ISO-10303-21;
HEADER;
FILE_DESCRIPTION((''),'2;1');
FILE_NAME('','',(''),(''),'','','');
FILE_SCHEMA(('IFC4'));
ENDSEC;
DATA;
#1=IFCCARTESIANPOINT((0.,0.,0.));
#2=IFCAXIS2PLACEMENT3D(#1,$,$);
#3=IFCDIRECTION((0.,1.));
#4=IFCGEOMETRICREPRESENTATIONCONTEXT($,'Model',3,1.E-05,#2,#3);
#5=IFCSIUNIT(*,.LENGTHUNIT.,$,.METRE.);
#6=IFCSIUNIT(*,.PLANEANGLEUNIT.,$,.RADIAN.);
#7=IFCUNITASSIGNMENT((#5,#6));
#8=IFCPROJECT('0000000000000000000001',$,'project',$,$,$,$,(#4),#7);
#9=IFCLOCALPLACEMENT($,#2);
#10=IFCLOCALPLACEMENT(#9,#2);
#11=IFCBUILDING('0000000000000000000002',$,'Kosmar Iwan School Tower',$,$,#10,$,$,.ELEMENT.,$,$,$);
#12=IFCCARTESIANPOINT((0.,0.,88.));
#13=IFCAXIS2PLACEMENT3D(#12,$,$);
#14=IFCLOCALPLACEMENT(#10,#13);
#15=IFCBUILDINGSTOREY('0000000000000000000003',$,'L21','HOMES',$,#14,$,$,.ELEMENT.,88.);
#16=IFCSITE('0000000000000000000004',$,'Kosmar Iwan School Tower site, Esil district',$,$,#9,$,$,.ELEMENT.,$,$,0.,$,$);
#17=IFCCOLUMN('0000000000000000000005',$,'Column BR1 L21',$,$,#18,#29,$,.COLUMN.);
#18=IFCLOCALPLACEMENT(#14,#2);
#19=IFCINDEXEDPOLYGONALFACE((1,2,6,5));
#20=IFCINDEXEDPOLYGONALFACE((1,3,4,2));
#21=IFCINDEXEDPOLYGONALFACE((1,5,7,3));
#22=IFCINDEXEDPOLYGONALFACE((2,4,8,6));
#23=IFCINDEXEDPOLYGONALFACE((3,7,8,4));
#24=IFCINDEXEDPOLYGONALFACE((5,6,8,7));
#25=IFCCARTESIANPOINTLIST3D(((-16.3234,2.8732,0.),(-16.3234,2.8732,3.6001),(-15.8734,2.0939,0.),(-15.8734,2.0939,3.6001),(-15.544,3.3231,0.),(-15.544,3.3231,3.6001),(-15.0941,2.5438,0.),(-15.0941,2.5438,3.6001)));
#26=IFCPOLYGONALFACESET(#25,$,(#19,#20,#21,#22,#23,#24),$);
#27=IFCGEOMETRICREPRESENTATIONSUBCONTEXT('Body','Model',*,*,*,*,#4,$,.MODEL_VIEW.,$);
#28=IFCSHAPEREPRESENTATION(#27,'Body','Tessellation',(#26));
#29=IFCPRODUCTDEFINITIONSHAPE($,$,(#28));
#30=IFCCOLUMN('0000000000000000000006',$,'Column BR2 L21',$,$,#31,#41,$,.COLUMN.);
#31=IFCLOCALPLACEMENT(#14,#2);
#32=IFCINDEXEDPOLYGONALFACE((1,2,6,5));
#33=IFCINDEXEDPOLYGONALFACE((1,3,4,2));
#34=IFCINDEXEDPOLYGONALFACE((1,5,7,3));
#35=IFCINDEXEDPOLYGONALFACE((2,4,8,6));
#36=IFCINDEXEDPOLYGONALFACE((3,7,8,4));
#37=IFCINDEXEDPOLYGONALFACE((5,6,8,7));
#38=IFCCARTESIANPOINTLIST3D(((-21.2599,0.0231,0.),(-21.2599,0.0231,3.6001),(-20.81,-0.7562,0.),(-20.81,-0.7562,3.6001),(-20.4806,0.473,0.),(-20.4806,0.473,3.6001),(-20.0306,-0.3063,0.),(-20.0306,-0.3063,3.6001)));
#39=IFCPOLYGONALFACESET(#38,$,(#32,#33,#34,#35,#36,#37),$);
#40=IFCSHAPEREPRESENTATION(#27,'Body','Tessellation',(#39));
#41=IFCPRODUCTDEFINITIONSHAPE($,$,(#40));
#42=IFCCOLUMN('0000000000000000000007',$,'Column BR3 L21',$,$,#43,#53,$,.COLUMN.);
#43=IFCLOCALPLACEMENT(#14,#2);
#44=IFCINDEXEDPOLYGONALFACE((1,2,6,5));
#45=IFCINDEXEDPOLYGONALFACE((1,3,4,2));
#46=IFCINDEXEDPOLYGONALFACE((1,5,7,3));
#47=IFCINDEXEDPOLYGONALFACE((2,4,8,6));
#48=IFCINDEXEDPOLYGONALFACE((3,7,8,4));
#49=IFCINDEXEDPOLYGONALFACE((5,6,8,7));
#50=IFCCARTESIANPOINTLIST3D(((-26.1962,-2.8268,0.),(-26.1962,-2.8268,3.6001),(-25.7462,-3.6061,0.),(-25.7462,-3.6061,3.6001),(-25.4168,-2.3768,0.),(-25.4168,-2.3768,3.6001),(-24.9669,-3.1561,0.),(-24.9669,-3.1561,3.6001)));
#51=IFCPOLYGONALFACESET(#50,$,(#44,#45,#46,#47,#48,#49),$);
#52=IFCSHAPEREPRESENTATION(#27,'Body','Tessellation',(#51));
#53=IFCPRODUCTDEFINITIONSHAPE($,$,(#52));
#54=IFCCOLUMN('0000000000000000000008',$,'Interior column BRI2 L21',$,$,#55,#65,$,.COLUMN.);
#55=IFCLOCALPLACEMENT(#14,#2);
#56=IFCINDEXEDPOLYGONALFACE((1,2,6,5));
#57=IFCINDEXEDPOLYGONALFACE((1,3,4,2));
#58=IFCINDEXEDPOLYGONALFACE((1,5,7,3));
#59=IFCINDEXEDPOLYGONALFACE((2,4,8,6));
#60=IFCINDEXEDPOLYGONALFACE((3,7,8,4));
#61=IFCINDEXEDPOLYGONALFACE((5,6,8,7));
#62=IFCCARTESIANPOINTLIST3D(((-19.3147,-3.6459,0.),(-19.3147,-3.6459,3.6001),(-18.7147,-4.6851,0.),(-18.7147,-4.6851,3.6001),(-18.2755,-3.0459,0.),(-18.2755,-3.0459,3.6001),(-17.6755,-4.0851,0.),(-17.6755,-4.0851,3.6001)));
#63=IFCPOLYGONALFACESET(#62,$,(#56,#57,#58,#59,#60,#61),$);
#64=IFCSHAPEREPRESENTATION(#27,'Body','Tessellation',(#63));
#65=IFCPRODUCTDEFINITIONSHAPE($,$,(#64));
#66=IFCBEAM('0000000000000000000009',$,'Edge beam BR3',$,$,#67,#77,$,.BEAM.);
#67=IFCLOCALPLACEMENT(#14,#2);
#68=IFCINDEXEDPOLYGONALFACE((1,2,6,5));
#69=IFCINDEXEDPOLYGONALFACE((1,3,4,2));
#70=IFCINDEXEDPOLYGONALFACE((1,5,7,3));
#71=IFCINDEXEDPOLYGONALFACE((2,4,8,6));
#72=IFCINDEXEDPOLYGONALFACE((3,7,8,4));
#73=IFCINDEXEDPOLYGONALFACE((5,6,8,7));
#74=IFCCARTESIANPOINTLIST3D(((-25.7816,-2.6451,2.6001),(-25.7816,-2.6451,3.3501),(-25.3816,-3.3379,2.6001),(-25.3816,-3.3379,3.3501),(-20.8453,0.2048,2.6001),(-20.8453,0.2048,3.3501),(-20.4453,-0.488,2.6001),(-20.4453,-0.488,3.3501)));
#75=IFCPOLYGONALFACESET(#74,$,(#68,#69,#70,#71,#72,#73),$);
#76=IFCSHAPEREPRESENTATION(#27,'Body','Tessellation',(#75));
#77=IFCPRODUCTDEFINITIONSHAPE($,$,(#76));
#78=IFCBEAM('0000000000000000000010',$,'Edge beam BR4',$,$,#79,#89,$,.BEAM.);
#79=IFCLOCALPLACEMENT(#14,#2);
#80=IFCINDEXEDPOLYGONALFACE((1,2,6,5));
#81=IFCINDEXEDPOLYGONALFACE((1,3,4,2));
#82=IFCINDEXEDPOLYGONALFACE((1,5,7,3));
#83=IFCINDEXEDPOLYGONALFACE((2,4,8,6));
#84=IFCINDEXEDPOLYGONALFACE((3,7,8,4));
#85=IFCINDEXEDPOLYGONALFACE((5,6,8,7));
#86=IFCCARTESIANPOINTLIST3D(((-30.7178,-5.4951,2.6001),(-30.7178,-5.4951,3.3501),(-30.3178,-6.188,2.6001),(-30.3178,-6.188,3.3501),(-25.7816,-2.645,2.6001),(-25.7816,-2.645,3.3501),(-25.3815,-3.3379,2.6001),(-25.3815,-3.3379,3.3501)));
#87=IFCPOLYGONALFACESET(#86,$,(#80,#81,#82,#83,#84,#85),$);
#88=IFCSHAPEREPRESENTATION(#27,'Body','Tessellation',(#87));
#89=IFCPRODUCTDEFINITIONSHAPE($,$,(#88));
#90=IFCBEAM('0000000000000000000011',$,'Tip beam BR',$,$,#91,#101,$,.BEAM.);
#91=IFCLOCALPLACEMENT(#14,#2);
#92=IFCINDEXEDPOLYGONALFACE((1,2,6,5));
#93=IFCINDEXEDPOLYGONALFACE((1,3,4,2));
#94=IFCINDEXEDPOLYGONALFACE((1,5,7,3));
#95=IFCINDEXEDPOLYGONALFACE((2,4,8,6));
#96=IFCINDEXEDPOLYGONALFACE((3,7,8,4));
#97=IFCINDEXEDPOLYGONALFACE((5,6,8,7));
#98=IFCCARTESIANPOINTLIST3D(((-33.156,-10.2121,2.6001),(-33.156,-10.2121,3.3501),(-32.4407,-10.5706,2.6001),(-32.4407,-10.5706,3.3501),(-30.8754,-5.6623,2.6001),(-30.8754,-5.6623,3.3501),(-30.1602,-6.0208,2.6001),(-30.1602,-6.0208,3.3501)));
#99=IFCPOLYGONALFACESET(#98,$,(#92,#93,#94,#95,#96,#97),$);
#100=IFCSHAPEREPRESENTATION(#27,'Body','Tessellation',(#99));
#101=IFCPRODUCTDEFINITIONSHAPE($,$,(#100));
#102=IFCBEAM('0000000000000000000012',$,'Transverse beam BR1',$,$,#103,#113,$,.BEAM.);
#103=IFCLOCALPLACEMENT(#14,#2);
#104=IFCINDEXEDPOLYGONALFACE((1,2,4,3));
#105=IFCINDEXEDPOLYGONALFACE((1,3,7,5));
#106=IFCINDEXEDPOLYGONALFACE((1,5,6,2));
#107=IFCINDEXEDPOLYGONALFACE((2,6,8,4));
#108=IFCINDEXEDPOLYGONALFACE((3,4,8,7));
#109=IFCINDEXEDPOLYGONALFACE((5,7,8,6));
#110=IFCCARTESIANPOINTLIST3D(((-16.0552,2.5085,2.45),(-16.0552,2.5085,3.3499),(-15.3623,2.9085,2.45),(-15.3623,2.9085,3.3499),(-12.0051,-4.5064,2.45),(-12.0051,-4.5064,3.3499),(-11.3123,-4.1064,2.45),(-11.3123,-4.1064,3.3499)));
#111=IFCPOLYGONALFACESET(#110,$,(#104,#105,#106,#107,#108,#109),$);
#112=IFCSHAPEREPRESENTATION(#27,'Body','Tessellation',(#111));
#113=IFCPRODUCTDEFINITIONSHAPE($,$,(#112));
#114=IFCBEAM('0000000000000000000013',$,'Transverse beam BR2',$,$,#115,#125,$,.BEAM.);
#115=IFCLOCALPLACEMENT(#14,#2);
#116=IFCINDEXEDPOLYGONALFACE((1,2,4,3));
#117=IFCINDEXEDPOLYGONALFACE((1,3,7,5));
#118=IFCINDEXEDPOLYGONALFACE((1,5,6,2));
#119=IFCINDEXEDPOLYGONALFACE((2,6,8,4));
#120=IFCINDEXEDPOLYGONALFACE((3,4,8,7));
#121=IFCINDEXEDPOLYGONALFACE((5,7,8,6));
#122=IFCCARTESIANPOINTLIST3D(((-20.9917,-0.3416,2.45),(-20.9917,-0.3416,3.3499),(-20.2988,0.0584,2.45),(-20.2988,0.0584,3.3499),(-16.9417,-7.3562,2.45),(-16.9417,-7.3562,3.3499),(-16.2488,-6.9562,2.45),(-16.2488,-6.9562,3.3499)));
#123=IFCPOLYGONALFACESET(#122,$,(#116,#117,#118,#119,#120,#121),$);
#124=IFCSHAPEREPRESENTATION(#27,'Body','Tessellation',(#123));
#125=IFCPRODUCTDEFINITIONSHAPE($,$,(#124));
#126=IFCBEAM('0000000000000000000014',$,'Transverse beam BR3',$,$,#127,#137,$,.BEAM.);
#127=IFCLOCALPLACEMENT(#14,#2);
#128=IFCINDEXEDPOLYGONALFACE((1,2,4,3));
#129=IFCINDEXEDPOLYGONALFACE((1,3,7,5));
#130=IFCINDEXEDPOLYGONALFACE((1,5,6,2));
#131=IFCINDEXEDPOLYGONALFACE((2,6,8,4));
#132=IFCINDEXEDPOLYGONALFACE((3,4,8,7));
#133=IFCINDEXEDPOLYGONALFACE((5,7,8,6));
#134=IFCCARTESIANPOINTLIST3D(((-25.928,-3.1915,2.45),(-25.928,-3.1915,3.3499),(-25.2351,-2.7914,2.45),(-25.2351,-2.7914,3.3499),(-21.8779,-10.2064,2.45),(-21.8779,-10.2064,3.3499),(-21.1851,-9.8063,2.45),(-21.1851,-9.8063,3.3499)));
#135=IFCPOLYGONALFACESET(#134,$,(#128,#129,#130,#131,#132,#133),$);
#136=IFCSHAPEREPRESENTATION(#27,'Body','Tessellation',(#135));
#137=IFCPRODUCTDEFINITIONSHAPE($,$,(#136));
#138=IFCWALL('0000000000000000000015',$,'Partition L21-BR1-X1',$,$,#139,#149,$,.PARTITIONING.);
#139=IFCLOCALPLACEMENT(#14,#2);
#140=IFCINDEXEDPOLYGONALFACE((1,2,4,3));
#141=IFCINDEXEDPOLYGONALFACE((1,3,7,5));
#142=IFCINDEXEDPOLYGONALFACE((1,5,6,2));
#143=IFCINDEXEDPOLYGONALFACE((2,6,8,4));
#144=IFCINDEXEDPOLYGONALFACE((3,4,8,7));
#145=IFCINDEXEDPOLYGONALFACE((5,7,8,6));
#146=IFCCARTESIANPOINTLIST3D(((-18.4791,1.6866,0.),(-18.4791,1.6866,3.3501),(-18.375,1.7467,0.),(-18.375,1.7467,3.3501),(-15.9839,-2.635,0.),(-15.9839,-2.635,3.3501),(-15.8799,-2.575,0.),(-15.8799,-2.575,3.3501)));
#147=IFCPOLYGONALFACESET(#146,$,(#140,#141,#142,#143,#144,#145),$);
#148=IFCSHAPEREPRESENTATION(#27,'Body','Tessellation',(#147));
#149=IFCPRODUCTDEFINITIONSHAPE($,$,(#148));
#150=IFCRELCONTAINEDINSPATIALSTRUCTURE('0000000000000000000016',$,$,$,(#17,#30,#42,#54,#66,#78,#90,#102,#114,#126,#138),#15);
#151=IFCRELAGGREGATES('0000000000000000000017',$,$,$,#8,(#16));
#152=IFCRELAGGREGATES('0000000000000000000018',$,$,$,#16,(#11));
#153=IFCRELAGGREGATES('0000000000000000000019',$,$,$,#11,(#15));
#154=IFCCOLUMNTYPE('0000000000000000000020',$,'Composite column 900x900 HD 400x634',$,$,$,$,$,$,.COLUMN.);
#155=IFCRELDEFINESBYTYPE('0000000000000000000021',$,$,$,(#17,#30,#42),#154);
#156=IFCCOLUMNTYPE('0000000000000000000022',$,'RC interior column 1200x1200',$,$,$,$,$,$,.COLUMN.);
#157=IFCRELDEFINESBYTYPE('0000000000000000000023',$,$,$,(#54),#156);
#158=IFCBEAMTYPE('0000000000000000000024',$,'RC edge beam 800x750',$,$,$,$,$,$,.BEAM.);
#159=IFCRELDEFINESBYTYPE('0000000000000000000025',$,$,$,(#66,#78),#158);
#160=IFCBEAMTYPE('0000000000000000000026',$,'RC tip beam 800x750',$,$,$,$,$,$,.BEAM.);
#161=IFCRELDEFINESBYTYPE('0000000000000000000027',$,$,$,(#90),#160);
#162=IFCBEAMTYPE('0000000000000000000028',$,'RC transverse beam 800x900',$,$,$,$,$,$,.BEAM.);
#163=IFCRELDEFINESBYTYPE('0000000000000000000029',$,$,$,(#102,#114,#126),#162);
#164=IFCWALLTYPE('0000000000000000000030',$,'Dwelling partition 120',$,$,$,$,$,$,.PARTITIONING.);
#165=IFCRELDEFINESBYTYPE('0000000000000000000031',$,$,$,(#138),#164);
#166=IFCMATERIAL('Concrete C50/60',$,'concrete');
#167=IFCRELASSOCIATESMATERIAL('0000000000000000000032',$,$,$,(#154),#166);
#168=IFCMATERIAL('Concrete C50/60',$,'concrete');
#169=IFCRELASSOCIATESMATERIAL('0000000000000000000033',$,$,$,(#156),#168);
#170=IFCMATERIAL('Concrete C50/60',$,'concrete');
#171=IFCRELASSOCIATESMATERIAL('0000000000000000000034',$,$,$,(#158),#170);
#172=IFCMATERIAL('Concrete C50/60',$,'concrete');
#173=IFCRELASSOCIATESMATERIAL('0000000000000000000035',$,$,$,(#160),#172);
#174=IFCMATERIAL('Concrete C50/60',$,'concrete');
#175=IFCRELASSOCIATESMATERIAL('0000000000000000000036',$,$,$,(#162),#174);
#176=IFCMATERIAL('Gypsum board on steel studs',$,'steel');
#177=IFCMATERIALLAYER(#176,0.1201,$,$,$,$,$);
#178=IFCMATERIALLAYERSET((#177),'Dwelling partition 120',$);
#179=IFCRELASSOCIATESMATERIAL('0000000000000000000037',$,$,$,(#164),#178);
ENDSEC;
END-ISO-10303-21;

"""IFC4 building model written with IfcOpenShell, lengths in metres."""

from ifc_helpers import new_model, si_unit, direction, frame, frame_2d, origin, origin_2d, place, context, subcontext, project, spatial, rectangle, extrude, material, layer, layer_set, material_profile, profile_set, type_object, element, save


model = new_model("IFC4")

# Units and contexts
model_context = context("Model", 3, precision=1e-05, world=origin(), true_north=direction((0.0, 1.0)))
body_context = subcontext(model_context, "Body", "Model", "MODEL_VIEW")
ifc_project = project(units=[si_unit("LENGTHUNIT", "METRE"), si_unit("PLANEANGLEUNIT", "RADIAN")], contexts=[model_context])

# Site, building, storey
site_placement = place(None, origin())
site = spatial("IfcSite", under=ifc_project, at=site_placement, Name="Kosmar Iwan School Tower site, Esil district", CompositionType="ELEMENT", RefElevation=0.0)
building_placement = place(site_placement, origin())
building = spatial("IfcBuilding", under=site, at=building_placement, Name="Kosmar Iwan School Tower", CompositionType="ELEMENT")
storey_placement = place(building_placement, frame((0.0, 0.0, 88.0)))
storey = spatial("IfcBuildingStorey", under=building, at=storey_placement, Name="L21", Description="HOMES", CompositionType="ELEMENT", Elevation=88.0)

# Columns
ifc_material_1 = material(Name="Concrete C50/60", Category="concrete")
ifc_material_profile_1 = material_profile(ifc_material_1, rectangle(XDim=0.8999, YDim=0.8999, at=origin_2d()), Name="RC 900x900 + HD 400x634")
ifc_profile_set_1 = profile_set([ifc_material_profile_1], Name="Concrete C50/60")
column_type_1 = type_object("IfcColumnType", Name="Composite column 900x900 HD 400x634", PredefinedType="COLUMN", material=ifc_profile_set_1)
for number, where, z_axis, x_axis, name in (
    (1, (-15.7087, 2.7085, 0.0), (0.0, 0.0, 1.0), (-0.866025, -0.5, 0.0), "Column BR1 L21"),
    (2, (-20.6453, -0.1416, 0.0), (0.0, 0.0, 1.0), (-0.866025, -0.5, 0.0), "Column BR2 L21"),
    (3, (-25.5815, -2.9915, 0.0), (0.0, 0.0, 1.0), (-0.866025, -0.5, 0.0), "Column BR3 L21"),
):
    element("IfcColumn", number, at=place(storey_placement, frame(where, z_axis=z_axis, x_axis=x_axis)), inside=storey, type_object=column_type_1, Name=name, PredefinedType="COLUMN", context=body_context, shape_type="SweptSolid", body=[
        extrude(rectangle(XDim=0.8999, YDim=0.8999, at=origin_2d()), origin(), (0.0, 0.0, 1.0), 3.6001),
    ])
ifc_material_2 = material(Name="Concrete C50/60", Category="concrete")
ifc_material_profile_2 = material_profile(ifc_material_2, rectangle(XDim=1.2, YDim=1.2, at=origin_2d()), Name="RC 1200x1200")
ifc_profile_set_2 = profile_set([ifc_material_profile_2], Name="Concrete C50/60")
column_type_2 = type_object("IfcColumnType", Name="RC interior column 1200x1200", PredefinedType="COLUMN", material=ifc_profile_set_2)
column_placement = place(storey_placement, frame((-18.4951, -3.8655, 0.0), z_axis=(0.0, 0.0, 1.0), x_axis=(-0.866025, -0.5, 0.0)))
element("IfcColumn", 4, at=column_placement, inside=storey, type_object=column_type_2, Name="Interior column BRI2 L21", PredefinedType="COLUMN", context=body_context, shape_type="SweptSolid", body=[
    extrude(rectangle(XDim=1.2, YDim=1.2, at=origin_2d()), origin(), (0.0, 0.0, 1.0), 3.6001),
])

# Beams
ifc_material_3 = material(Name="Concrete C50/60", Category="concrete")
ifc_material_profile_3 = material_profile(ifc_material_3, rectangle(XDim=0.8, YDim=0.75, at=origin_2d()), Name="RC 800x750")
ifc_profile_set_3 = profile_set([ifc_material_profile_3], Name="Concrete C50/60")
beam_type_1 = type_object("IfcBeamType", Name="RC edge beam 800x750", PredefinedType="BEAM", material=ifc_profile_set_3)
for number, where, z_axis, x_axis, name in (
    (5, (-20.6453, -0.1416, 2.9751), (-0.866034, -0.499986, 0.0), (0.499986, -0.866034, 0.0), "Edge beam BR3"),
    (6, (-25.5815, -2.9915, 2.9751), (-0.866015, -0.500018, 0.0), (0.500018, -0.866015, 0.0), "Edge beam BR4"),
):
    element("IfcBeam", number, at=place(storey_placement, frame(where, z_axis=z_axis, x_axis=x_axis)), inside=storey, type_object=beam_type_1, Name=name, PredefinedType="BEAM", context=body_context, shape_type="SweptSolid", body=[
        extrude(rectangle(XDim=0.8, YDim=0.75, at=origin_2d()), origin(), (0.0, 0.0, 1.0), 5.7),
    ])
ifc_material_4 = material(Name="Concrete C50/60", Category="concrete")
ifc_material_profile_4 = material_profile(ifc_material_4, rectangle(XDim=0.8, YDim=0.75, at=origin_2d()), Name="RC 800x750")
ifc_profile_set_4 = profile_set([ifc_material_profile_4], Name="Concrete C50/60")
beam_type_2 = type_object("IfcBeamType", Name="RC tip beam 800x750", PredefinedType="BEAM", material=ifc_profile_set_4)
beam_1_placement = place(storey_placement, frame((-30.5178, -5.8416, 2.9751), z_axis=(-0.448096, -0.893985, 0.0), x_axis=(0.893985, -0.448096, 0.0)))
element("IfcBeam", 7, at=beam_1_placement, inside=storey, type_object=beam_type_2, Name="Tip beam BR", PredefinedType="BEAM", context=body_context, shape_type="SweptSolid", body=[
    extrude(rectangle(XDim=0.8, YDim=0.75, at=origin_2d()), origin(), (0.0, 0.0, 1.0), 5.0894),
])
ifc_material_5 = material(Name="Concrete C50/60", Category="concrete")
ifc_material_profile_5 = material_profile(ifc_material_5, rectangle(XDim=0.8, YDim=0.8999, at=origin_2d()), Name="RC 800x900")
ifc_profile_set_5 = profile_set([ifc_material_profile_5], Name="Concrete C50/60")
beam_type_3 = type_object("IfcBeamType", Name="RC transverse beam 800x900", PredefinedType="BEAM", material=ifc_profile_set_5)
beam_2_placement = place(storey_placement, frame((-15.7087, 2.7085, 2.8999), z_axis=(0.5, -0.866025, 0.0), x_axis=(0.866025, 0.5, 0.0)))
element("IfcBeam", 8, at=beam_2_placement, inside=storey, type_object=beam_type_3, Name="Transverse beam BR1", PredefinedType="BEAM", context=body_context, shape_type="SweptSolid", body=[
    extrude(rectangle(XDim=0.8, YDim=0.8999, at=origin_2d()), origin(), (0.0, 0.0, 1.0), 8.1001),
])
beam_3_placement = place(storey_placement, frame((-20.6453, -0.1416, 2.8999), z_axis=(0.500013, -0.866018, 0.0), x_axis=(0.866018, 0.500013, 0.0)))
element("IfcBeam", 9, at=beam_3_placement, inside=storey, type_object=beam_type_3, Name="Transverse beam BR2", PredefinedType="BEAM", context=body_context, shape_type="SweptSolid", body=[
    extrude(rectangle(XDim=0.8, YDim=0.8999, at=origin_2d()), origin(), (0.0, 0.0, 1.0), 8.0999),
])
beam_4_placement = place(storey_placement, frame((-25.5815, -2.9915, 2.8999), z_axis=(0.5, -0.866025, 0.0), x_axis=(0.866025, 0.5, 0.0)))
element("IfcBeam", 10, at=beam_4_placement, inside=storey, type_object=beam_type_3, Name="Transverse beam BR3", PredefinedType="BEAM", context=body_context, shape_type="SweptSolid", body=[
    extrude(rectangle(XDim=0.8, YDim=0.8999, at=origin_2d()), origin(), (0.0, 0.0, 1.0), 8.1001),
])

# Wall
ifc_material_6 = material(Name="Gypsum board on steel studs", Category="steel")
ifc_layer = layer(ifc_material_6, 0.1201)
ifc_layer_set = layer_set([ifc_layer], Name="Dwelling partition 120")
wall_type = type_object("IfcWallType", Name="Dwelling partition 120", PredefinedType="PARTITIONING", material=ifc_layer_set)
wall_1_placement = place(storey_placement, frame((-15.9319, -2.605, 0.0), z_axis=(0.0, 0.0, 1.0), x_axis=(-0.500012, 0.866019, 0.0)))
element("IfcWall", 11, at=wall_1_placement, inside=storey, type_object=wall_type, Name="Partition L21-BR1-X1", PredefinedType="PARTITIONING", context=body_context, shape_type="SweptSolid", body=[
    extrude(rectangle(XDim=4.9902, YDim=0.1201, at=frame_2d((2.4951, 0.0))), origin(), (0.0, 0.0, 1.0), 3.3501),
])

save(model, "model.ifc")
